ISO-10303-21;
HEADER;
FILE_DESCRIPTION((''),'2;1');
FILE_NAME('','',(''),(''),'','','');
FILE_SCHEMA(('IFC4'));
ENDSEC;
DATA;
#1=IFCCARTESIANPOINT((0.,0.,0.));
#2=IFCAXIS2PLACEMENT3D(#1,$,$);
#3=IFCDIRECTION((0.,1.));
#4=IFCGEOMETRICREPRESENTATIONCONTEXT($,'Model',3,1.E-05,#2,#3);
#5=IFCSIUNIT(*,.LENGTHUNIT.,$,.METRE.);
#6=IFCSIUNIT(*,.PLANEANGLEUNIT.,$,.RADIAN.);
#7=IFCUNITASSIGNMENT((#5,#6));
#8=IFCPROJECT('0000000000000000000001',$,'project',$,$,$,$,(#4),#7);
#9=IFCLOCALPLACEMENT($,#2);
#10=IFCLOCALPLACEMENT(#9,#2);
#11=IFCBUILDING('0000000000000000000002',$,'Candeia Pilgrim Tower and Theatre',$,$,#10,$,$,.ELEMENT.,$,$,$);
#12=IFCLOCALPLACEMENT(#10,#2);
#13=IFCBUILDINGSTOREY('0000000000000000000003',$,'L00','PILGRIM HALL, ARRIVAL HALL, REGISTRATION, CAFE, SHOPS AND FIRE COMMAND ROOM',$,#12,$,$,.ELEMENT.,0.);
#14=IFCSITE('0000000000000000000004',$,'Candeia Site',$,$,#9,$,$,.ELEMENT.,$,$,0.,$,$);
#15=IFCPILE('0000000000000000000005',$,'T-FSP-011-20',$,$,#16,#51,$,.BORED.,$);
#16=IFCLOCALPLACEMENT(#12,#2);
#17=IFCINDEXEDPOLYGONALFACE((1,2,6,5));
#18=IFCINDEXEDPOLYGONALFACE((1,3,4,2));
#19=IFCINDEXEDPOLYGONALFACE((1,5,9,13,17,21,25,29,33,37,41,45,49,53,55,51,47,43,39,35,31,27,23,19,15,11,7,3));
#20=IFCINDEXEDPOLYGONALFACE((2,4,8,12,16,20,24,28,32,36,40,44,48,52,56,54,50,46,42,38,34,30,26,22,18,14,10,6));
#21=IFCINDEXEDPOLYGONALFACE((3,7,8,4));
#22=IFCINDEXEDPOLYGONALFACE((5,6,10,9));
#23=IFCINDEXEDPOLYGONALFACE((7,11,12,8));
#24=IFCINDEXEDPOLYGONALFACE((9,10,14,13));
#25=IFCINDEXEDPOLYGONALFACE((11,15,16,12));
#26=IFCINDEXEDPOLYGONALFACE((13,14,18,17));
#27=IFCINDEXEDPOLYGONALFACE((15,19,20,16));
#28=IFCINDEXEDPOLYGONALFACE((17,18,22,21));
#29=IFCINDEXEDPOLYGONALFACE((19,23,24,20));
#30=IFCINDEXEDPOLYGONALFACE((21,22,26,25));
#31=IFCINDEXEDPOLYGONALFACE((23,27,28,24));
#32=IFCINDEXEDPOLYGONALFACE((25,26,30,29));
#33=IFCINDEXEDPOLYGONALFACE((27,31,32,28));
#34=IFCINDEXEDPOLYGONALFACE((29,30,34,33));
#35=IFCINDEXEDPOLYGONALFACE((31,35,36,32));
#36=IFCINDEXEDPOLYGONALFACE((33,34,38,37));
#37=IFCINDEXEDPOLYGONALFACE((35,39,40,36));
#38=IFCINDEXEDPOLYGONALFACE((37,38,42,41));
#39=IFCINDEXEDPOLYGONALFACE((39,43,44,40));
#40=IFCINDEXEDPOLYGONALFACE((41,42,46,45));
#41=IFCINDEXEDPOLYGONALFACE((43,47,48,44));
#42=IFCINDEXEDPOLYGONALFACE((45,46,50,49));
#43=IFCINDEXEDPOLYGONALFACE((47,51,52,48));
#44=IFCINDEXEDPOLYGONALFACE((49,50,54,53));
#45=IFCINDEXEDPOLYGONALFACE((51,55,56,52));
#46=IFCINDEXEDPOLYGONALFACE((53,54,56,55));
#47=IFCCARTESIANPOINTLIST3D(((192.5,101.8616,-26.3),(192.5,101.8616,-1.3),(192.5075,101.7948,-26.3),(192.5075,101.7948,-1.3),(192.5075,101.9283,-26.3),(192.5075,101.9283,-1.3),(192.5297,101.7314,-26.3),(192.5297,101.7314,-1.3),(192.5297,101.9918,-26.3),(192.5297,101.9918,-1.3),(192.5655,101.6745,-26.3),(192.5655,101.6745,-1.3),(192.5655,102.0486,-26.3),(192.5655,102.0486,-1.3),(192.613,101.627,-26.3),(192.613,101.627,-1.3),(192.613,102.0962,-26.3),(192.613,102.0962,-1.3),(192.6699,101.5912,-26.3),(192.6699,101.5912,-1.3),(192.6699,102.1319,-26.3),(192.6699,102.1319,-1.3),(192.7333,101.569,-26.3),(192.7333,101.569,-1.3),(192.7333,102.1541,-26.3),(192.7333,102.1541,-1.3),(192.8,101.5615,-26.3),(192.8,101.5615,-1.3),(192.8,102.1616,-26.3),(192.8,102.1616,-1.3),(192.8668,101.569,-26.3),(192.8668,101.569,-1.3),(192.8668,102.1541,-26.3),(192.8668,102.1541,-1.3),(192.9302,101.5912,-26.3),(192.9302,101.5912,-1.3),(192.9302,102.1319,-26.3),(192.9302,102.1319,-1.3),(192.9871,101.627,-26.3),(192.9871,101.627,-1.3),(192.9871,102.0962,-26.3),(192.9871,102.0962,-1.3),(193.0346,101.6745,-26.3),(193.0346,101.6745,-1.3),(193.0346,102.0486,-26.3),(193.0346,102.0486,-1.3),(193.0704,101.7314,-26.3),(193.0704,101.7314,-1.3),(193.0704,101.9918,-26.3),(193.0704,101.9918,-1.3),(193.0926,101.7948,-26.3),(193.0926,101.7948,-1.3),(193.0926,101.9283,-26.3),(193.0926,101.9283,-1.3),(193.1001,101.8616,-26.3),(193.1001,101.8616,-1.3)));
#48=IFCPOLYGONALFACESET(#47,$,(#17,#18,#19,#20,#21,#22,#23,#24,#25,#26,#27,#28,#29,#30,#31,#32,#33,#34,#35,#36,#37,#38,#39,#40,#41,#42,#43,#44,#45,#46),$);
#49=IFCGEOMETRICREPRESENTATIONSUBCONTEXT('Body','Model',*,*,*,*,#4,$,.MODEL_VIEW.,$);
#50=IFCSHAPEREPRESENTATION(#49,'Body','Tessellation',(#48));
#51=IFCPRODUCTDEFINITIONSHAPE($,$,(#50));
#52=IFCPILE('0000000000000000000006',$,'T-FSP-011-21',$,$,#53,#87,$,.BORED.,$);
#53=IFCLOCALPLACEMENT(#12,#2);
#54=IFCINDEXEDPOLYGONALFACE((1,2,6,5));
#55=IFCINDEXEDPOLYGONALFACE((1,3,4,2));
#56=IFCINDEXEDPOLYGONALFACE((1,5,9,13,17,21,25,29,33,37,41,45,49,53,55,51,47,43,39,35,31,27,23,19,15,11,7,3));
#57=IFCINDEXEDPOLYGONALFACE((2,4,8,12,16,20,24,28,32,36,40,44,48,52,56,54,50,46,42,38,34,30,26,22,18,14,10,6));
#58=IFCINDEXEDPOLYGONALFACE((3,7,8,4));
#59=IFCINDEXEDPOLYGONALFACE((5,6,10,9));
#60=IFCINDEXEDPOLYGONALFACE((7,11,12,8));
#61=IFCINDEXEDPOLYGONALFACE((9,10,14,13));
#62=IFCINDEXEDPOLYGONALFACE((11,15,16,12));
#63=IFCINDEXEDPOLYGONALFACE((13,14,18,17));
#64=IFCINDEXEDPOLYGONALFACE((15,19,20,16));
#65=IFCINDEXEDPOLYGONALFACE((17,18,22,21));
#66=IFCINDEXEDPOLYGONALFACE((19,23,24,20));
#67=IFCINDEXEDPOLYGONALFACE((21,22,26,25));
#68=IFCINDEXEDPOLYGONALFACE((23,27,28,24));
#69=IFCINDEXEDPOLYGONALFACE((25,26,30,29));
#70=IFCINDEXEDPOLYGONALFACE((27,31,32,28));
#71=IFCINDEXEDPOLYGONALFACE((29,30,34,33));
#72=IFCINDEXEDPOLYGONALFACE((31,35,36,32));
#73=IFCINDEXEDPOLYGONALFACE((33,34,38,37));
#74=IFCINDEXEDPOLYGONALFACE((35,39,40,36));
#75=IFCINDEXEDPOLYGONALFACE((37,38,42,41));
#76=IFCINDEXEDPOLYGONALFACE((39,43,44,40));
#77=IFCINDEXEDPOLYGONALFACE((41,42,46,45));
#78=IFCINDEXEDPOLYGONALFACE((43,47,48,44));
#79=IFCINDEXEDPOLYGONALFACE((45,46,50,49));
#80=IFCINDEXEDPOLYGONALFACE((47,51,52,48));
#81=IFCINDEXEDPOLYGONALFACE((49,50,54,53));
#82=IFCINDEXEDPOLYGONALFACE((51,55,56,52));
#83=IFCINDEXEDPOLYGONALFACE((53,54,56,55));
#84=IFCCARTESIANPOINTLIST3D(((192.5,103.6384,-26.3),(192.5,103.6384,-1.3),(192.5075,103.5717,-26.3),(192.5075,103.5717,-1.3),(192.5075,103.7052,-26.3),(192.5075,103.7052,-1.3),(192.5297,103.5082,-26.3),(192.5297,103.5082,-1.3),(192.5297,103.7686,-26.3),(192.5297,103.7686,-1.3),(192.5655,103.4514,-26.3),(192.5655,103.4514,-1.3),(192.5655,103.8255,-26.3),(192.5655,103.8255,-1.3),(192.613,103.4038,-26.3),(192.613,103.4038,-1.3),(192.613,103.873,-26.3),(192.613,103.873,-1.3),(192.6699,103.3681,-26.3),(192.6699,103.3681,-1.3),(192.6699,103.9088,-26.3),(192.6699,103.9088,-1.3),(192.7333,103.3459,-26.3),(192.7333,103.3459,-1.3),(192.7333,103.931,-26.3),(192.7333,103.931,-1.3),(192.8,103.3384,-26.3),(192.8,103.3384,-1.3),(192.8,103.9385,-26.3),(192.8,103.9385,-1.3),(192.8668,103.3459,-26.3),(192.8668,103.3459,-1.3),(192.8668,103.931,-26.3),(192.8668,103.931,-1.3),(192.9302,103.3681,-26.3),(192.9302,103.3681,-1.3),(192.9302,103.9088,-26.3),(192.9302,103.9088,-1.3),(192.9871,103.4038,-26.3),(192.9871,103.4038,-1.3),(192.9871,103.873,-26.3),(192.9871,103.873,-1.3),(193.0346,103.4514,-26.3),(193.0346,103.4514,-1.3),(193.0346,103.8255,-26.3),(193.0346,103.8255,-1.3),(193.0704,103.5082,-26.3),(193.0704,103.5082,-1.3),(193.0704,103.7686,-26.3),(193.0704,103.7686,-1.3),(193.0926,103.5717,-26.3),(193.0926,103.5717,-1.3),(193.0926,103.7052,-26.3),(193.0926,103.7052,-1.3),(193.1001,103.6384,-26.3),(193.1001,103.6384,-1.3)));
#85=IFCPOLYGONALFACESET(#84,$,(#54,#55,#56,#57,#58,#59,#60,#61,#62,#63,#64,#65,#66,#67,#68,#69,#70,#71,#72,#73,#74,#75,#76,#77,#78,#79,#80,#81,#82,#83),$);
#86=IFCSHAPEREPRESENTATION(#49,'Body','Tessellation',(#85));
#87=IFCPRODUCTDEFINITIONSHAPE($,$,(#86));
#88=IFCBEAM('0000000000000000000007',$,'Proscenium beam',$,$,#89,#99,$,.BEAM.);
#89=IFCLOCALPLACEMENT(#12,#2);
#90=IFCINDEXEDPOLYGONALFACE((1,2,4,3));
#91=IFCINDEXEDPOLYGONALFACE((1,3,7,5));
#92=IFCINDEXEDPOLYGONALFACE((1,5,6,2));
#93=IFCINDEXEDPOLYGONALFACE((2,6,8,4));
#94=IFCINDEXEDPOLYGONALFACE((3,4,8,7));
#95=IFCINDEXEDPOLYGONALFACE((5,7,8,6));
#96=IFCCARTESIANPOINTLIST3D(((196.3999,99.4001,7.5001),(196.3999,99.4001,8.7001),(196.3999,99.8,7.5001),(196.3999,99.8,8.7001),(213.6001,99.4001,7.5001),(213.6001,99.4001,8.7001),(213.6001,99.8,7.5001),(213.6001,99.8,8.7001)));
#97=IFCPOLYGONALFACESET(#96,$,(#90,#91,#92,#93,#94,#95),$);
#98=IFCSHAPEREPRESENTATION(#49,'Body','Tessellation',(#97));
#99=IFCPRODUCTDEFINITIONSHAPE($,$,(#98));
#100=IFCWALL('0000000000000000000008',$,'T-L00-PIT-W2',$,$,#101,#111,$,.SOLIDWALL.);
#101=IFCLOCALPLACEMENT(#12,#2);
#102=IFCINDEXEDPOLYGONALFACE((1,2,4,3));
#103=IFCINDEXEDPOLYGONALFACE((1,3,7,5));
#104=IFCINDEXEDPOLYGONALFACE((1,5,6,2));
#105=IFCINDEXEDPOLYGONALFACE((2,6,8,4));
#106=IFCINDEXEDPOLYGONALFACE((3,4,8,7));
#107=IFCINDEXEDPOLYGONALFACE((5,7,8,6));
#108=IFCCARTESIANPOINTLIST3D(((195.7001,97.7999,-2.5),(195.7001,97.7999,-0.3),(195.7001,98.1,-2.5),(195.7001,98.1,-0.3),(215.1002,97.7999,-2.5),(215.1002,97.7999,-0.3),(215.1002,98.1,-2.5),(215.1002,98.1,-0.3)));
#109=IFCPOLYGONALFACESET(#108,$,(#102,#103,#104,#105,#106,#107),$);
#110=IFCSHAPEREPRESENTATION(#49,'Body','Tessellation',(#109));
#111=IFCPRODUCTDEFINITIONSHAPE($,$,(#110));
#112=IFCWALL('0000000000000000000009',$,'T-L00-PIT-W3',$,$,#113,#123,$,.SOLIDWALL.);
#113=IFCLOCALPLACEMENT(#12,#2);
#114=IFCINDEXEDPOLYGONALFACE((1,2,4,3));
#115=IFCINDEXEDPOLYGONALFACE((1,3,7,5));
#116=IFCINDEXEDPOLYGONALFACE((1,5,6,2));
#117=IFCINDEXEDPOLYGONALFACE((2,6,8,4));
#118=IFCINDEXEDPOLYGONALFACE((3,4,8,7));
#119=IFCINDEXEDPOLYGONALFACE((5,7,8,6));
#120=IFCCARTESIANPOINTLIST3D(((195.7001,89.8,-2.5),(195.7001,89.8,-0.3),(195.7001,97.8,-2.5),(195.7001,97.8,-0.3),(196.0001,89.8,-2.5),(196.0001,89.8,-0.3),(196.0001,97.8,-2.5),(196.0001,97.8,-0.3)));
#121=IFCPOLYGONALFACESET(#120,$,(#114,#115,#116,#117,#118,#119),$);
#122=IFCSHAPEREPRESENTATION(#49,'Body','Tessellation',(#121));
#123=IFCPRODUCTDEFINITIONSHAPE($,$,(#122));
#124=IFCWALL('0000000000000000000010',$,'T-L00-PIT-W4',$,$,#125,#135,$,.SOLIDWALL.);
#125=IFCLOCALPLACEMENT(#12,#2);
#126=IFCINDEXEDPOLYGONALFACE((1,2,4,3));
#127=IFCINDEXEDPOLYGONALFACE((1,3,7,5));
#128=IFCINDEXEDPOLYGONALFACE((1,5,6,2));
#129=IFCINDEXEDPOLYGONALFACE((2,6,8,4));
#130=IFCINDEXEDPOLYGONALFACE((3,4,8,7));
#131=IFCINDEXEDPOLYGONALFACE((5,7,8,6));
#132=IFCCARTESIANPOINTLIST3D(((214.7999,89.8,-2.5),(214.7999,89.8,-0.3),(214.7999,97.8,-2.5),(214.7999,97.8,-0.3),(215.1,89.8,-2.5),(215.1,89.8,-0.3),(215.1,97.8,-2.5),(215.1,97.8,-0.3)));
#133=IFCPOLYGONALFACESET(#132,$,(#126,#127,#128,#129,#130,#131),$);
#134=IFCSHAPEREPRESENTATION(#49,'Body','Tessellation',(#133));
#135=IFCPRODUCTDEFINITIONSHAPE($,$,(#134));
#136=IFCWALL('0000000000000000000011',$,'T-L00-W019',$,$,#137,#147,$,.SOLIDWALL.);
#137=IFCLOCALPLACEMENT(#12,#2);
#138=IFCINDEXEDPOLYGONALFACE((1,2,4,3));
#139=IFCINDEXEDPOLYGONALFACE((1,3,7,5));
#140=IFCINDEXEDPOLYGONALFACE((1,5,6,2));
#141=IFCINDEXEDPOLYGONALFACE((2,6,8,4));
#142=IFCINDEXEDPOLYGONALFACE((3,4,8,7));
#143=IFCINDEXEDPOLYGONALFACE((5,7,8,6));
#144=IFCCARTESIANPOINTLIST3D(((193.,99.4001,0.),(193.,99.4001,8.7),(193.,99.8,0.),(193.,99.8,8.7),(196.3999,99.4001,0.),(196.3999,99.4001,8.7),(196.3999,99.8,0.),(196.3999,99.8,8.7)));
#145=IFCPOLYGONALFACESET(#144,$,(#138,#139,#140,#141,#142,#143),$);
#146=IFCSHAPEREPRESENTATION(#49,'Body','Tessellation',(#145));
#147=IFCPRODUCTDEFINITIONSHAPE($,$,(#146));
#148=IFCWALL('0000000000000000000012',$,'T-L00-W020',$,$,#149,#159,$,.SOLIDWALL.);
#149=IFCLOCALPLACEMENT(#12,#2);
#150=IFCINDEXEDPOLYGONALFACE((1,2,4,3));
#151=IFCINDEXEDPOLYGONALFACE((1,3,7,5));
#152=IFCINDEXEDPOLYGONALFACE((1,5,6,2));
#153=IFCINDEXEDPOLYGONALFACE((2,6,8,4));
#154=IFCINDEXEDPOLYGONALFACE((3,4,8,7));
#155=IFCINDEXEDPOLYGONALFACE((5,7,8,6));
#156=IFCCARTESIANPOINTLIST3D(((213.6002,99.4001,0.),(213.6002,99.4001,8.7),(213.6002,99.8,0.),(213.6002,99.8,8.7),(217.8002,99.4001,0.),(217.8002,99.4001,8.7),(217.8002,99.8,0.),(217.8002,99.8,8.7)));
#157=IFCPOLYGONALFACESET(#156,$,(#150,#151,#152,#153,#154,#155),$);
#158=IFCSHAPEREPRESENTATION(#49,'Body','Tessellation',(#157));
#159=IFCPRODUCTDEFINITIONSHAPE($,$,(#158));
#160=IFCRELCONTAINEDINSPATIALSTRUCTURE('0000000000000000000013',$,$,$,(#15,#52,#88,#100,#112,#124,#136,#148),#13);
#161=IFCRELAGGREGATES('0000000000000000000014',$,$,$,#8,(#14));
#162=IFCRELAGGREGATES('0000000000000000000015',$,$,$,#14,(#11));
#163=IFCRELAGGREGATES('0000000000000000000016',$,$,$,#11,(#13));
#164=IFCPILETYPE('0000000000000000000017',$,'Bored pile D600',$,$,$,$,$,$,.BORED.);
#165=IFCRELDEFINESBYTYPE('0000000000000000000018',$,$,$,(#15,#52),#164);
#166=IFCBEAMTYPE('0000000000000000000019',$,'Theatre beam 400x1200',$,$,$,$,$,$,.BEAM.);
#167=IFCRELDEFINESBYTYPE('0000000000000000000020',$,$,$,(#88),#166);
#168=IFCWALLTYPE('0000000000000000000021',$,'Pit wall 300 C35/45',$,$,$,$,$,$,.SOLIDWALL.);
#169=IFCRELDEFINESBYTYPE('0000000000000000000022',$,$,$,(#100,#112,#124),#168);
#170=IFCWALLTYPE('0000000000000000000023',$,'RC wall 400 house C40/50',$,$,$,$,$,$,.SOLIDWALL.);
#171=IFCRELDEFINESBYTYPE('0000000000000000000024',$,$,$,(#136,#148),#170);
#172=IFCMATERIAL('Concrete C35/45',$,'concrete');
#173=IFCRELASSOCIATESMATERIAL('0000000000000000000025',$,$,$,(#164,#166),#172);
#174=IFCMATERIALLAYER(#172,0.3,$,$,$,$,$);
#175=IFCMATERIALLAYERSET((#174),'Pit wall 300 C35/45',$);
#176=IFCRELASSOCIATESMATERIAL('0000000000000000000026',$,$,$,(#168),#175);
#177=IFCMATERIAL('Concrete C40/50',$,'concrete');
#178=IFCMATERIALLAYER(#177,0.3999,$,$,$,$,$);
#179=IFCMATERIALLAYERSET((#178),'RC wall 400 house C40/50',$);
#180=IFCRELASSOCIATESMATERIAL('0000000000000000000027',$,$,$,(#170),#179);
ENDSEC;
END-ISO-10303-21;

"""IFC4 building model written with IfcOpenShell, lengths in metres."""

from ifc_helpers import new_model, si_unit, direction, frame, frame_2d, origin, origin_2d, place, context, subcontext, project, spatial, rectangle, circle, extrude, material, layer, layer_set, material_profile, profile_set, type_object, element, save


model = new_model("IFC4")

# Units and contexts
model_context = context("Model", 3, precision=1e-05, world=origin(), true_north=direction((0.0, 1.0)))
body_context = subcontext(model_context, "Body", "Model", "MODEL_VIEW")
ifc_project = project(units=[si_unit("LENGTHUNIT", "METRE"), si_unit("PLANEANGLEUNIT", "RADIAN")], contexts=[model_context])

# Site, building, storey
site_placement = place(None, origin())
site = spatial("IfcSite", under=ifc_project, at=site_placement, Name="Candeia Site", CompositionType="ELEMENT", RefElevation=0.0)
building_placement = place(site_placement, origin())
building = spatial("IfcBuilding", under=site, at=building_placement, Name="Candeia Pilgrim Tower and Theatre", CompositionType="ELEMENT")
storey_placement = place(building_placement, origin())
storey = spatial("IfcBuildingStorey", under=building, at=storey_placement, Name="L00", Description="PILGRIM HALL, ARRIVAL HALL, REGISTRATION, CAFE, SHOPS AND FIRE COMMAND ROOM", CompositionType="ELEMENT", Elevation=0.0)

# Piles
ifc_material_1 = material(Name="Concrete C35/45", Category="concrete")
pile_type = type_object("IfcPileType", Name="Bored pile D600", PredefinedType="BORED", material=ifc_material_1)
for number, where, z_axis, x_axis, name in (
    (1, (192.8, 101.8616, -1.3), (0.0, 0.0, -1.0), (1.0, 0.0, 0.0), "T-FSP-011-20"),
    (2, (192.8, 103.6384, -1.3), (0.0, 0.0, -1.0), (1.0, 0.0, 0.0), "T-FSP-011-21"),
):
    element("IfcPile", number, at=place(storey_placement, frame(where, z_axis=z_axis, x_axis=x_axis)), inside=storey, type_object=pile_type, Name=name, PredefinedType="BORED", context=body_context, shape_type="SweptSolid", body=[
        extrude(circle(Radius=0.3, at=origin_2d()), origin(), (0.0, 0.0, 1.0), 25.0),
    ])

# Beam
ifc_material_profile = material_profile(ifc_material_1, rectangle(XDim=0.3999, YDim=1.2, at=origin_2d()))
ifc_profile_set = profile_set([ifc_material_profile], Name="Concrete C35/45")
beam_type = type_object("IfcBeamType", Name="Theatre beam 400x1200", PredefinedType="BEAM", material=ifc_profile_set)
beam_placement = place(storey_placement, frame((196.3999, 99.6001, 8.1001), z_axis=(1.0, 0.0, 0.0), x_axis=(0.0, 1.0, 0.0)))
element("IfcBeam", 3, at=beam_placement, inside=storey, type_object=beam_type, Name="Proscenium beam", PredefinedType="BEAM", context=body_context, shape_type="SweptSolid", body=[
    extrude(rectangle(XDim=0.3999, YDim=1.2, at=origin_2d()), origin(), (0.0, 0.0, 1.0), 17.2002),
])

# Walls
ifc_layer_1 = layer(ifc_material_1, 0.3)
ifc_layer_set_1 = layer_set([ifc_layer_1], Name="Pit wall 300 C35/45")
wall_type_1 = type_object("IfcWallType", Name="Pit wall 300 C35/45", PredefinedType="SOLIDWALL", material=ifc_layer_set_1)
wall_1_placement = place(storey_placement, frame((195.7, 97.95, -2.5), z_axis=(0.0, 0.0, 1.0), x_axis=(1.0, 0.0, 0.0)))
element("IfcWall", 4, at=wall_1_placement, inside=storey, type_object=wall_type_1, Name="T-L00-PIT-W2", PredefinedType="SOLIDWALL", context=body_context, shape_type="SweptSolid", body=[
    extrude(rectangle(XDim=19.4001, YDim=0.3, at=frame_2d((9.7002, 0.0))), origin(), (0.0, 0.0, 1.0), 2.2),
])
for number, where, z_axis, x_axis, name in (
    (5, (195.8501, 89.8, -2.5), (0.0, 0.0, 1.0), (0.0, 1.0, 0.0), "T-L00-PIT-W3"),
    (6, (214.95, 89.8, -2.5), (0.0, 0.0, 1.0), (0.0, 1.0, 0.0), "T-L00-PIT-W4"),
):
    element("IfcWall", number, at=place(storey_placement, frame(where, z_axis=z_axis, x_axis=x_axis)), inside=storey, type_object=wall_type_1, Name=name, PredefinedType="SOLIDWALL", context=body_context, shape_type="SweptSolid", body=[
        extrude(rectangle(XDim=8.0, YDim=0.3, at=frame_2d((4.0, 0.0))), origin(), (0.0, 0.0, 1.0), 2.2),
    ])
ifc_material_2 = material(Name="Concrete C40/50", Category="concrete")
ifc_layer_2 = layer(ifc_material_2, 0.3999)
ifc_layer_set_2 = layer_set([ifc_layer_2], Name="RC wall 400 house C40/50")
wall_type_2 = type_object("IfcWallType", Name="RC wall 400 house C40/50", PredefinedType="SOLIDWALL", material=ifc_layer_set_2)
wall_2_placement = place(storey_placement, frame((193.0, 99.6001, 0.0), z_axis=(0.0, 0.0, 1.0), x_axis=(1.0, 0.0, 0.0)))
element("IfcWall", 7, at=wall_2_placement, inside=storey, type_object=wall_type_2, Name="T-L00-W019", PredefinedType="SOLIDWALL", context=body_context, shape_type="SweptSolid", body=[
    extrude(rectangle(XDim=3.3999, YDim=0.3999, at=frame_2d((1.7, 0.0))), origin(), (0.0, 0.0, 1.0), 8.7),
])
wall_3_placement = place(storey_placement, frame((213.6001, 99.6001, 0.0), z_axis=(0.0, 0.0, 1.0), x_axis=(1.0, 0.0, 0.0)))
element("IfcWall", 8, at=wall_3_placement, inside=storey, type_object=wall_type_2, Name="T-L00-W020", PredefinedType="SOLIDWALL", context=body_context, shape_type="SweptSolid", body=[
    extrude(rectangle(XDim=4.2, YDim=0.3999, at=frame_2d((2.1001, 0.0))), origin(), (0.0, 0.0, 1.0), 8.7),
])

save(model, "model.ifc")
